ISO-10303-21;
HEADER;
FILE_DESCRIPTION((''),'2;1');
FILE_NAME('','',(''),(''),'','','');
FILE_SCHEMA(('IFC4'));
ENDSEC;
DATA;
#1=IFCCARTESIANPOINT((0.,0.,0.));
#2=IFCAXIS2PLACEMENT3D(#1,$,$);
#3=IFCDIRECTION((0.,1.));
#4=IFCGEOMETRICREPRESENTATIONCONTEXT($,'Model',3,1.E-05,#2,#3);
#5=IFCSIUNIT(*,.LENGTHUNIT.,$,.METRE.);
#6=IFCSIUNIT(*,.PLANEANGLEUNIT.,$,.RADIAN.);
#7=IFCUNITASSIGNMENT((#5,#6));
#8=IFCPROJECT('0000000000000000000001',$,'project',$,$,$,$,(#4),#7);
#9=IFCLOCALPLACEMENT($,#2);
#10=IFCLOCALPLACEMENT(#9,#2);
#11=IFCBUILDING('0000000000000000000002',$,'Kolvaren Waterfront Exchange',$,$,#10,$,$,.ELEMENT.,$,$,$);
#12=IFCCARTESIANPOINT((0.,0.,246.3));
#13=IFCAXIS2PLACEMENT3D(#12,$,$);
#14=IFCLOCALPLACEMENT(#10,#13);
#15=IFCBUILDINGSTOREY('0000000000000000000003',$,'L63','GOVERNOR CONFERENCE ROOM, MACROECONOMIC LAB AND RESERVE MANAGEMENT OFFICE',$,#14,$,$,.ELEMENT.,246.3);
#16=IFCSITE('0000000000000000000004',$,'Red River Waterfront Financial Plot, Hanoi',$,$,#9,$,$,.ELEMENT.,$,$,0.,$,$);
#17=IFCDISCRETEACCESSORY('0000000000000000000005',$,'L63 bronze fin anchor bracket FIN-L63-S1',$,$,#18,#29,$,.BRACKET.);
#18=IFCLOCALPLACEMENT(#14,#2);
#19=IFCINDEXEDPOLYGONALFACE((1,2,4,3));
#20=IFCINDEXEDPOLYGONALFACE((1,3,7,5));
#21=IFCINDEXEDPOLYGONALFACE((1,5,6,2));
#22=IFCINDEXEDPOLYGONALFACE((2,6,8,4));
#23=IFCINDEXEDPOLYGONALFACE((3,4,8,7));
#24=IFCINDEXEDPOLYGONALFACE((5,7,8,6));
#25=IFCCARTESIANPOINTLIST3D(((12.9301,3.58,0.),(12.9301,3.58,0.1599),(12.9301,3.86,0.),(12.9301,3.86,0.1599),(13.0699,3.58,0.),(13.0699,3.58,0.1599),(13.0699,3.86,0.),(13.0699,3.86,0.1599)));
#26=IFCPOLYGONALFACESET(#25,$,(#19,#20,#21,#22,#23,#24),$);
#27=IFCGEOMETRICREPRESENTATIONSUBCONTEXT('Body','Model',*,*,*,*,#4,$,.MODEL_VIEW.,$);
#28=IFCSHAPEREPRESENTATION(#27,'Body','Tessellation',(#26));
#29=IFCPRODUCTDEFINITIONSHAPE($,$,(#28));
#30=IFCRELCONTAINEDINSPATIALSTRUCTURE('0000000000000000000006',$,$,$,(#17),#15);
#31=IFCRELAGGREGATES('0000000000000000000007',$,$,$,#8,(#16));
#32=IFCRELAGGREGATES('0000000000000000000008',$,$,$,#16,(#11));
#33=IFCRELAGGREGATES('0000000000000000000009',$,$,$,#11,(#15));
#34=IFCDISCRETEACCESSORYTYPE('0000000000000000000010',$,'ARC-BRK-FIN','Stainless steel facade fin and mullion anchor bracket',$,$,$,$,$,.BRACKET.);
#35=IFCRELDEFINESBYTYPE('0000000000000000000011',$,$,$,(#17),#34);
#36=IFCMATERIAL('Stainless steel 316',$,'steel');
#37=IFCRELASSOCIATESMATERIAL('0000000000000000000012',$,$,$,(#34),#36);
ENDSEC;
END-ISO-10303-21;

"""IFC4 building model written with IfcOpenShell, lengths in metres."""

from ifc_helpers import new_model, si_unit, direction, frame, origin, origin_with_axes, origin_2d, place, context, subcontext, project, spatial, rectangle, extrude, source, transform, mapped, material, type_object, element, save


model = new_model("IFC4")

# Units and contexts
model_context = context("Model", 3, precision=1e-05, world=origin(), true_north=direction((0.0, 1.0)))
body_context = subcontext(model_context, "Body", "Model", "MODEL_VIEW")
ifc_project = project(units=[si_unit("LENGTHUNIT", "METRE"), si_unit("PLANEANGLEUNIT", "RADIAN")], contexts=[model_context])

# Site, building, storey
site_placement = place(None, origin())
site = spatial("IfcSite", under=ifc_project, at=site_placement, Name="Red River Waterfront Financial Plot, Hanoi", CompositionType="ELEMENT", RefElevation=0.0)
building_placement = place(site_placement, origin())
building = spatial("IfcBuilding", under=site, at=building_placement, Name="Kolvaren Waterfront Exchange", CompositionType="ELEMENT")
storey_placement = place(building_placement, frame((0.0, 0.0, 246.3)))
storey = spatial("IfcBuildingStorey", under=building, at=storey_placement, Name="L63", Description="GOVERNOR CONFERENCE ROOM, MACROECONOMIC LAB AND RESERVE MANAGEMENT OFFICE", CompositionType="ELEMENT", Elevation=246.3)

# Discrete accessory
ifc_material_1 = material(Name="Stainless steel 316", Category="steel")
discrete_accessory_type = type_object("IfcDiscreteAccessoryType", Name="ARC-BRK-FIN", Description="Stainless steel facade fin and mullion anchor bracket", PredefinedType="BRACKET", material=ifc_material_1)
shared_shape_1 = source(origin_with_axes(), body_context, "Body", "SweptSolid", [
    extrude(rectangle(XDim=0.28, YDim=0.1399, at=origin_2d()), origin(), (0.0, 0.0, 1.0), 0.1599),
])
discrete_accessory_placement = place(storey_placement, frame((13.0, 3.72, 0.0), z_axis=(0.0, 0.0, 1.0), x_axis=(0.0, -1.0, 0.0)))
element("IfcDiscreteAccessory", 1, at=discrete_accessory_placement, inside=storey, type_object=discrete_accessory_type, Name="L63 bronze fin anchor bracket FIN-L63-S1", PredefinedType="BRACKET", context=body_context, shape_type="MappedRepresentation", body=[
    mapped(shared_shape_1, transform((0.0, 0.0, 0.0), x_axis=(1.0, 0.0, 0.0), y_axis=(0.0, 1.0, 0.0), z_axis=(0.0, 0.0, 1.0), scale=1.0)),
])

save(model, "model.ifc")
